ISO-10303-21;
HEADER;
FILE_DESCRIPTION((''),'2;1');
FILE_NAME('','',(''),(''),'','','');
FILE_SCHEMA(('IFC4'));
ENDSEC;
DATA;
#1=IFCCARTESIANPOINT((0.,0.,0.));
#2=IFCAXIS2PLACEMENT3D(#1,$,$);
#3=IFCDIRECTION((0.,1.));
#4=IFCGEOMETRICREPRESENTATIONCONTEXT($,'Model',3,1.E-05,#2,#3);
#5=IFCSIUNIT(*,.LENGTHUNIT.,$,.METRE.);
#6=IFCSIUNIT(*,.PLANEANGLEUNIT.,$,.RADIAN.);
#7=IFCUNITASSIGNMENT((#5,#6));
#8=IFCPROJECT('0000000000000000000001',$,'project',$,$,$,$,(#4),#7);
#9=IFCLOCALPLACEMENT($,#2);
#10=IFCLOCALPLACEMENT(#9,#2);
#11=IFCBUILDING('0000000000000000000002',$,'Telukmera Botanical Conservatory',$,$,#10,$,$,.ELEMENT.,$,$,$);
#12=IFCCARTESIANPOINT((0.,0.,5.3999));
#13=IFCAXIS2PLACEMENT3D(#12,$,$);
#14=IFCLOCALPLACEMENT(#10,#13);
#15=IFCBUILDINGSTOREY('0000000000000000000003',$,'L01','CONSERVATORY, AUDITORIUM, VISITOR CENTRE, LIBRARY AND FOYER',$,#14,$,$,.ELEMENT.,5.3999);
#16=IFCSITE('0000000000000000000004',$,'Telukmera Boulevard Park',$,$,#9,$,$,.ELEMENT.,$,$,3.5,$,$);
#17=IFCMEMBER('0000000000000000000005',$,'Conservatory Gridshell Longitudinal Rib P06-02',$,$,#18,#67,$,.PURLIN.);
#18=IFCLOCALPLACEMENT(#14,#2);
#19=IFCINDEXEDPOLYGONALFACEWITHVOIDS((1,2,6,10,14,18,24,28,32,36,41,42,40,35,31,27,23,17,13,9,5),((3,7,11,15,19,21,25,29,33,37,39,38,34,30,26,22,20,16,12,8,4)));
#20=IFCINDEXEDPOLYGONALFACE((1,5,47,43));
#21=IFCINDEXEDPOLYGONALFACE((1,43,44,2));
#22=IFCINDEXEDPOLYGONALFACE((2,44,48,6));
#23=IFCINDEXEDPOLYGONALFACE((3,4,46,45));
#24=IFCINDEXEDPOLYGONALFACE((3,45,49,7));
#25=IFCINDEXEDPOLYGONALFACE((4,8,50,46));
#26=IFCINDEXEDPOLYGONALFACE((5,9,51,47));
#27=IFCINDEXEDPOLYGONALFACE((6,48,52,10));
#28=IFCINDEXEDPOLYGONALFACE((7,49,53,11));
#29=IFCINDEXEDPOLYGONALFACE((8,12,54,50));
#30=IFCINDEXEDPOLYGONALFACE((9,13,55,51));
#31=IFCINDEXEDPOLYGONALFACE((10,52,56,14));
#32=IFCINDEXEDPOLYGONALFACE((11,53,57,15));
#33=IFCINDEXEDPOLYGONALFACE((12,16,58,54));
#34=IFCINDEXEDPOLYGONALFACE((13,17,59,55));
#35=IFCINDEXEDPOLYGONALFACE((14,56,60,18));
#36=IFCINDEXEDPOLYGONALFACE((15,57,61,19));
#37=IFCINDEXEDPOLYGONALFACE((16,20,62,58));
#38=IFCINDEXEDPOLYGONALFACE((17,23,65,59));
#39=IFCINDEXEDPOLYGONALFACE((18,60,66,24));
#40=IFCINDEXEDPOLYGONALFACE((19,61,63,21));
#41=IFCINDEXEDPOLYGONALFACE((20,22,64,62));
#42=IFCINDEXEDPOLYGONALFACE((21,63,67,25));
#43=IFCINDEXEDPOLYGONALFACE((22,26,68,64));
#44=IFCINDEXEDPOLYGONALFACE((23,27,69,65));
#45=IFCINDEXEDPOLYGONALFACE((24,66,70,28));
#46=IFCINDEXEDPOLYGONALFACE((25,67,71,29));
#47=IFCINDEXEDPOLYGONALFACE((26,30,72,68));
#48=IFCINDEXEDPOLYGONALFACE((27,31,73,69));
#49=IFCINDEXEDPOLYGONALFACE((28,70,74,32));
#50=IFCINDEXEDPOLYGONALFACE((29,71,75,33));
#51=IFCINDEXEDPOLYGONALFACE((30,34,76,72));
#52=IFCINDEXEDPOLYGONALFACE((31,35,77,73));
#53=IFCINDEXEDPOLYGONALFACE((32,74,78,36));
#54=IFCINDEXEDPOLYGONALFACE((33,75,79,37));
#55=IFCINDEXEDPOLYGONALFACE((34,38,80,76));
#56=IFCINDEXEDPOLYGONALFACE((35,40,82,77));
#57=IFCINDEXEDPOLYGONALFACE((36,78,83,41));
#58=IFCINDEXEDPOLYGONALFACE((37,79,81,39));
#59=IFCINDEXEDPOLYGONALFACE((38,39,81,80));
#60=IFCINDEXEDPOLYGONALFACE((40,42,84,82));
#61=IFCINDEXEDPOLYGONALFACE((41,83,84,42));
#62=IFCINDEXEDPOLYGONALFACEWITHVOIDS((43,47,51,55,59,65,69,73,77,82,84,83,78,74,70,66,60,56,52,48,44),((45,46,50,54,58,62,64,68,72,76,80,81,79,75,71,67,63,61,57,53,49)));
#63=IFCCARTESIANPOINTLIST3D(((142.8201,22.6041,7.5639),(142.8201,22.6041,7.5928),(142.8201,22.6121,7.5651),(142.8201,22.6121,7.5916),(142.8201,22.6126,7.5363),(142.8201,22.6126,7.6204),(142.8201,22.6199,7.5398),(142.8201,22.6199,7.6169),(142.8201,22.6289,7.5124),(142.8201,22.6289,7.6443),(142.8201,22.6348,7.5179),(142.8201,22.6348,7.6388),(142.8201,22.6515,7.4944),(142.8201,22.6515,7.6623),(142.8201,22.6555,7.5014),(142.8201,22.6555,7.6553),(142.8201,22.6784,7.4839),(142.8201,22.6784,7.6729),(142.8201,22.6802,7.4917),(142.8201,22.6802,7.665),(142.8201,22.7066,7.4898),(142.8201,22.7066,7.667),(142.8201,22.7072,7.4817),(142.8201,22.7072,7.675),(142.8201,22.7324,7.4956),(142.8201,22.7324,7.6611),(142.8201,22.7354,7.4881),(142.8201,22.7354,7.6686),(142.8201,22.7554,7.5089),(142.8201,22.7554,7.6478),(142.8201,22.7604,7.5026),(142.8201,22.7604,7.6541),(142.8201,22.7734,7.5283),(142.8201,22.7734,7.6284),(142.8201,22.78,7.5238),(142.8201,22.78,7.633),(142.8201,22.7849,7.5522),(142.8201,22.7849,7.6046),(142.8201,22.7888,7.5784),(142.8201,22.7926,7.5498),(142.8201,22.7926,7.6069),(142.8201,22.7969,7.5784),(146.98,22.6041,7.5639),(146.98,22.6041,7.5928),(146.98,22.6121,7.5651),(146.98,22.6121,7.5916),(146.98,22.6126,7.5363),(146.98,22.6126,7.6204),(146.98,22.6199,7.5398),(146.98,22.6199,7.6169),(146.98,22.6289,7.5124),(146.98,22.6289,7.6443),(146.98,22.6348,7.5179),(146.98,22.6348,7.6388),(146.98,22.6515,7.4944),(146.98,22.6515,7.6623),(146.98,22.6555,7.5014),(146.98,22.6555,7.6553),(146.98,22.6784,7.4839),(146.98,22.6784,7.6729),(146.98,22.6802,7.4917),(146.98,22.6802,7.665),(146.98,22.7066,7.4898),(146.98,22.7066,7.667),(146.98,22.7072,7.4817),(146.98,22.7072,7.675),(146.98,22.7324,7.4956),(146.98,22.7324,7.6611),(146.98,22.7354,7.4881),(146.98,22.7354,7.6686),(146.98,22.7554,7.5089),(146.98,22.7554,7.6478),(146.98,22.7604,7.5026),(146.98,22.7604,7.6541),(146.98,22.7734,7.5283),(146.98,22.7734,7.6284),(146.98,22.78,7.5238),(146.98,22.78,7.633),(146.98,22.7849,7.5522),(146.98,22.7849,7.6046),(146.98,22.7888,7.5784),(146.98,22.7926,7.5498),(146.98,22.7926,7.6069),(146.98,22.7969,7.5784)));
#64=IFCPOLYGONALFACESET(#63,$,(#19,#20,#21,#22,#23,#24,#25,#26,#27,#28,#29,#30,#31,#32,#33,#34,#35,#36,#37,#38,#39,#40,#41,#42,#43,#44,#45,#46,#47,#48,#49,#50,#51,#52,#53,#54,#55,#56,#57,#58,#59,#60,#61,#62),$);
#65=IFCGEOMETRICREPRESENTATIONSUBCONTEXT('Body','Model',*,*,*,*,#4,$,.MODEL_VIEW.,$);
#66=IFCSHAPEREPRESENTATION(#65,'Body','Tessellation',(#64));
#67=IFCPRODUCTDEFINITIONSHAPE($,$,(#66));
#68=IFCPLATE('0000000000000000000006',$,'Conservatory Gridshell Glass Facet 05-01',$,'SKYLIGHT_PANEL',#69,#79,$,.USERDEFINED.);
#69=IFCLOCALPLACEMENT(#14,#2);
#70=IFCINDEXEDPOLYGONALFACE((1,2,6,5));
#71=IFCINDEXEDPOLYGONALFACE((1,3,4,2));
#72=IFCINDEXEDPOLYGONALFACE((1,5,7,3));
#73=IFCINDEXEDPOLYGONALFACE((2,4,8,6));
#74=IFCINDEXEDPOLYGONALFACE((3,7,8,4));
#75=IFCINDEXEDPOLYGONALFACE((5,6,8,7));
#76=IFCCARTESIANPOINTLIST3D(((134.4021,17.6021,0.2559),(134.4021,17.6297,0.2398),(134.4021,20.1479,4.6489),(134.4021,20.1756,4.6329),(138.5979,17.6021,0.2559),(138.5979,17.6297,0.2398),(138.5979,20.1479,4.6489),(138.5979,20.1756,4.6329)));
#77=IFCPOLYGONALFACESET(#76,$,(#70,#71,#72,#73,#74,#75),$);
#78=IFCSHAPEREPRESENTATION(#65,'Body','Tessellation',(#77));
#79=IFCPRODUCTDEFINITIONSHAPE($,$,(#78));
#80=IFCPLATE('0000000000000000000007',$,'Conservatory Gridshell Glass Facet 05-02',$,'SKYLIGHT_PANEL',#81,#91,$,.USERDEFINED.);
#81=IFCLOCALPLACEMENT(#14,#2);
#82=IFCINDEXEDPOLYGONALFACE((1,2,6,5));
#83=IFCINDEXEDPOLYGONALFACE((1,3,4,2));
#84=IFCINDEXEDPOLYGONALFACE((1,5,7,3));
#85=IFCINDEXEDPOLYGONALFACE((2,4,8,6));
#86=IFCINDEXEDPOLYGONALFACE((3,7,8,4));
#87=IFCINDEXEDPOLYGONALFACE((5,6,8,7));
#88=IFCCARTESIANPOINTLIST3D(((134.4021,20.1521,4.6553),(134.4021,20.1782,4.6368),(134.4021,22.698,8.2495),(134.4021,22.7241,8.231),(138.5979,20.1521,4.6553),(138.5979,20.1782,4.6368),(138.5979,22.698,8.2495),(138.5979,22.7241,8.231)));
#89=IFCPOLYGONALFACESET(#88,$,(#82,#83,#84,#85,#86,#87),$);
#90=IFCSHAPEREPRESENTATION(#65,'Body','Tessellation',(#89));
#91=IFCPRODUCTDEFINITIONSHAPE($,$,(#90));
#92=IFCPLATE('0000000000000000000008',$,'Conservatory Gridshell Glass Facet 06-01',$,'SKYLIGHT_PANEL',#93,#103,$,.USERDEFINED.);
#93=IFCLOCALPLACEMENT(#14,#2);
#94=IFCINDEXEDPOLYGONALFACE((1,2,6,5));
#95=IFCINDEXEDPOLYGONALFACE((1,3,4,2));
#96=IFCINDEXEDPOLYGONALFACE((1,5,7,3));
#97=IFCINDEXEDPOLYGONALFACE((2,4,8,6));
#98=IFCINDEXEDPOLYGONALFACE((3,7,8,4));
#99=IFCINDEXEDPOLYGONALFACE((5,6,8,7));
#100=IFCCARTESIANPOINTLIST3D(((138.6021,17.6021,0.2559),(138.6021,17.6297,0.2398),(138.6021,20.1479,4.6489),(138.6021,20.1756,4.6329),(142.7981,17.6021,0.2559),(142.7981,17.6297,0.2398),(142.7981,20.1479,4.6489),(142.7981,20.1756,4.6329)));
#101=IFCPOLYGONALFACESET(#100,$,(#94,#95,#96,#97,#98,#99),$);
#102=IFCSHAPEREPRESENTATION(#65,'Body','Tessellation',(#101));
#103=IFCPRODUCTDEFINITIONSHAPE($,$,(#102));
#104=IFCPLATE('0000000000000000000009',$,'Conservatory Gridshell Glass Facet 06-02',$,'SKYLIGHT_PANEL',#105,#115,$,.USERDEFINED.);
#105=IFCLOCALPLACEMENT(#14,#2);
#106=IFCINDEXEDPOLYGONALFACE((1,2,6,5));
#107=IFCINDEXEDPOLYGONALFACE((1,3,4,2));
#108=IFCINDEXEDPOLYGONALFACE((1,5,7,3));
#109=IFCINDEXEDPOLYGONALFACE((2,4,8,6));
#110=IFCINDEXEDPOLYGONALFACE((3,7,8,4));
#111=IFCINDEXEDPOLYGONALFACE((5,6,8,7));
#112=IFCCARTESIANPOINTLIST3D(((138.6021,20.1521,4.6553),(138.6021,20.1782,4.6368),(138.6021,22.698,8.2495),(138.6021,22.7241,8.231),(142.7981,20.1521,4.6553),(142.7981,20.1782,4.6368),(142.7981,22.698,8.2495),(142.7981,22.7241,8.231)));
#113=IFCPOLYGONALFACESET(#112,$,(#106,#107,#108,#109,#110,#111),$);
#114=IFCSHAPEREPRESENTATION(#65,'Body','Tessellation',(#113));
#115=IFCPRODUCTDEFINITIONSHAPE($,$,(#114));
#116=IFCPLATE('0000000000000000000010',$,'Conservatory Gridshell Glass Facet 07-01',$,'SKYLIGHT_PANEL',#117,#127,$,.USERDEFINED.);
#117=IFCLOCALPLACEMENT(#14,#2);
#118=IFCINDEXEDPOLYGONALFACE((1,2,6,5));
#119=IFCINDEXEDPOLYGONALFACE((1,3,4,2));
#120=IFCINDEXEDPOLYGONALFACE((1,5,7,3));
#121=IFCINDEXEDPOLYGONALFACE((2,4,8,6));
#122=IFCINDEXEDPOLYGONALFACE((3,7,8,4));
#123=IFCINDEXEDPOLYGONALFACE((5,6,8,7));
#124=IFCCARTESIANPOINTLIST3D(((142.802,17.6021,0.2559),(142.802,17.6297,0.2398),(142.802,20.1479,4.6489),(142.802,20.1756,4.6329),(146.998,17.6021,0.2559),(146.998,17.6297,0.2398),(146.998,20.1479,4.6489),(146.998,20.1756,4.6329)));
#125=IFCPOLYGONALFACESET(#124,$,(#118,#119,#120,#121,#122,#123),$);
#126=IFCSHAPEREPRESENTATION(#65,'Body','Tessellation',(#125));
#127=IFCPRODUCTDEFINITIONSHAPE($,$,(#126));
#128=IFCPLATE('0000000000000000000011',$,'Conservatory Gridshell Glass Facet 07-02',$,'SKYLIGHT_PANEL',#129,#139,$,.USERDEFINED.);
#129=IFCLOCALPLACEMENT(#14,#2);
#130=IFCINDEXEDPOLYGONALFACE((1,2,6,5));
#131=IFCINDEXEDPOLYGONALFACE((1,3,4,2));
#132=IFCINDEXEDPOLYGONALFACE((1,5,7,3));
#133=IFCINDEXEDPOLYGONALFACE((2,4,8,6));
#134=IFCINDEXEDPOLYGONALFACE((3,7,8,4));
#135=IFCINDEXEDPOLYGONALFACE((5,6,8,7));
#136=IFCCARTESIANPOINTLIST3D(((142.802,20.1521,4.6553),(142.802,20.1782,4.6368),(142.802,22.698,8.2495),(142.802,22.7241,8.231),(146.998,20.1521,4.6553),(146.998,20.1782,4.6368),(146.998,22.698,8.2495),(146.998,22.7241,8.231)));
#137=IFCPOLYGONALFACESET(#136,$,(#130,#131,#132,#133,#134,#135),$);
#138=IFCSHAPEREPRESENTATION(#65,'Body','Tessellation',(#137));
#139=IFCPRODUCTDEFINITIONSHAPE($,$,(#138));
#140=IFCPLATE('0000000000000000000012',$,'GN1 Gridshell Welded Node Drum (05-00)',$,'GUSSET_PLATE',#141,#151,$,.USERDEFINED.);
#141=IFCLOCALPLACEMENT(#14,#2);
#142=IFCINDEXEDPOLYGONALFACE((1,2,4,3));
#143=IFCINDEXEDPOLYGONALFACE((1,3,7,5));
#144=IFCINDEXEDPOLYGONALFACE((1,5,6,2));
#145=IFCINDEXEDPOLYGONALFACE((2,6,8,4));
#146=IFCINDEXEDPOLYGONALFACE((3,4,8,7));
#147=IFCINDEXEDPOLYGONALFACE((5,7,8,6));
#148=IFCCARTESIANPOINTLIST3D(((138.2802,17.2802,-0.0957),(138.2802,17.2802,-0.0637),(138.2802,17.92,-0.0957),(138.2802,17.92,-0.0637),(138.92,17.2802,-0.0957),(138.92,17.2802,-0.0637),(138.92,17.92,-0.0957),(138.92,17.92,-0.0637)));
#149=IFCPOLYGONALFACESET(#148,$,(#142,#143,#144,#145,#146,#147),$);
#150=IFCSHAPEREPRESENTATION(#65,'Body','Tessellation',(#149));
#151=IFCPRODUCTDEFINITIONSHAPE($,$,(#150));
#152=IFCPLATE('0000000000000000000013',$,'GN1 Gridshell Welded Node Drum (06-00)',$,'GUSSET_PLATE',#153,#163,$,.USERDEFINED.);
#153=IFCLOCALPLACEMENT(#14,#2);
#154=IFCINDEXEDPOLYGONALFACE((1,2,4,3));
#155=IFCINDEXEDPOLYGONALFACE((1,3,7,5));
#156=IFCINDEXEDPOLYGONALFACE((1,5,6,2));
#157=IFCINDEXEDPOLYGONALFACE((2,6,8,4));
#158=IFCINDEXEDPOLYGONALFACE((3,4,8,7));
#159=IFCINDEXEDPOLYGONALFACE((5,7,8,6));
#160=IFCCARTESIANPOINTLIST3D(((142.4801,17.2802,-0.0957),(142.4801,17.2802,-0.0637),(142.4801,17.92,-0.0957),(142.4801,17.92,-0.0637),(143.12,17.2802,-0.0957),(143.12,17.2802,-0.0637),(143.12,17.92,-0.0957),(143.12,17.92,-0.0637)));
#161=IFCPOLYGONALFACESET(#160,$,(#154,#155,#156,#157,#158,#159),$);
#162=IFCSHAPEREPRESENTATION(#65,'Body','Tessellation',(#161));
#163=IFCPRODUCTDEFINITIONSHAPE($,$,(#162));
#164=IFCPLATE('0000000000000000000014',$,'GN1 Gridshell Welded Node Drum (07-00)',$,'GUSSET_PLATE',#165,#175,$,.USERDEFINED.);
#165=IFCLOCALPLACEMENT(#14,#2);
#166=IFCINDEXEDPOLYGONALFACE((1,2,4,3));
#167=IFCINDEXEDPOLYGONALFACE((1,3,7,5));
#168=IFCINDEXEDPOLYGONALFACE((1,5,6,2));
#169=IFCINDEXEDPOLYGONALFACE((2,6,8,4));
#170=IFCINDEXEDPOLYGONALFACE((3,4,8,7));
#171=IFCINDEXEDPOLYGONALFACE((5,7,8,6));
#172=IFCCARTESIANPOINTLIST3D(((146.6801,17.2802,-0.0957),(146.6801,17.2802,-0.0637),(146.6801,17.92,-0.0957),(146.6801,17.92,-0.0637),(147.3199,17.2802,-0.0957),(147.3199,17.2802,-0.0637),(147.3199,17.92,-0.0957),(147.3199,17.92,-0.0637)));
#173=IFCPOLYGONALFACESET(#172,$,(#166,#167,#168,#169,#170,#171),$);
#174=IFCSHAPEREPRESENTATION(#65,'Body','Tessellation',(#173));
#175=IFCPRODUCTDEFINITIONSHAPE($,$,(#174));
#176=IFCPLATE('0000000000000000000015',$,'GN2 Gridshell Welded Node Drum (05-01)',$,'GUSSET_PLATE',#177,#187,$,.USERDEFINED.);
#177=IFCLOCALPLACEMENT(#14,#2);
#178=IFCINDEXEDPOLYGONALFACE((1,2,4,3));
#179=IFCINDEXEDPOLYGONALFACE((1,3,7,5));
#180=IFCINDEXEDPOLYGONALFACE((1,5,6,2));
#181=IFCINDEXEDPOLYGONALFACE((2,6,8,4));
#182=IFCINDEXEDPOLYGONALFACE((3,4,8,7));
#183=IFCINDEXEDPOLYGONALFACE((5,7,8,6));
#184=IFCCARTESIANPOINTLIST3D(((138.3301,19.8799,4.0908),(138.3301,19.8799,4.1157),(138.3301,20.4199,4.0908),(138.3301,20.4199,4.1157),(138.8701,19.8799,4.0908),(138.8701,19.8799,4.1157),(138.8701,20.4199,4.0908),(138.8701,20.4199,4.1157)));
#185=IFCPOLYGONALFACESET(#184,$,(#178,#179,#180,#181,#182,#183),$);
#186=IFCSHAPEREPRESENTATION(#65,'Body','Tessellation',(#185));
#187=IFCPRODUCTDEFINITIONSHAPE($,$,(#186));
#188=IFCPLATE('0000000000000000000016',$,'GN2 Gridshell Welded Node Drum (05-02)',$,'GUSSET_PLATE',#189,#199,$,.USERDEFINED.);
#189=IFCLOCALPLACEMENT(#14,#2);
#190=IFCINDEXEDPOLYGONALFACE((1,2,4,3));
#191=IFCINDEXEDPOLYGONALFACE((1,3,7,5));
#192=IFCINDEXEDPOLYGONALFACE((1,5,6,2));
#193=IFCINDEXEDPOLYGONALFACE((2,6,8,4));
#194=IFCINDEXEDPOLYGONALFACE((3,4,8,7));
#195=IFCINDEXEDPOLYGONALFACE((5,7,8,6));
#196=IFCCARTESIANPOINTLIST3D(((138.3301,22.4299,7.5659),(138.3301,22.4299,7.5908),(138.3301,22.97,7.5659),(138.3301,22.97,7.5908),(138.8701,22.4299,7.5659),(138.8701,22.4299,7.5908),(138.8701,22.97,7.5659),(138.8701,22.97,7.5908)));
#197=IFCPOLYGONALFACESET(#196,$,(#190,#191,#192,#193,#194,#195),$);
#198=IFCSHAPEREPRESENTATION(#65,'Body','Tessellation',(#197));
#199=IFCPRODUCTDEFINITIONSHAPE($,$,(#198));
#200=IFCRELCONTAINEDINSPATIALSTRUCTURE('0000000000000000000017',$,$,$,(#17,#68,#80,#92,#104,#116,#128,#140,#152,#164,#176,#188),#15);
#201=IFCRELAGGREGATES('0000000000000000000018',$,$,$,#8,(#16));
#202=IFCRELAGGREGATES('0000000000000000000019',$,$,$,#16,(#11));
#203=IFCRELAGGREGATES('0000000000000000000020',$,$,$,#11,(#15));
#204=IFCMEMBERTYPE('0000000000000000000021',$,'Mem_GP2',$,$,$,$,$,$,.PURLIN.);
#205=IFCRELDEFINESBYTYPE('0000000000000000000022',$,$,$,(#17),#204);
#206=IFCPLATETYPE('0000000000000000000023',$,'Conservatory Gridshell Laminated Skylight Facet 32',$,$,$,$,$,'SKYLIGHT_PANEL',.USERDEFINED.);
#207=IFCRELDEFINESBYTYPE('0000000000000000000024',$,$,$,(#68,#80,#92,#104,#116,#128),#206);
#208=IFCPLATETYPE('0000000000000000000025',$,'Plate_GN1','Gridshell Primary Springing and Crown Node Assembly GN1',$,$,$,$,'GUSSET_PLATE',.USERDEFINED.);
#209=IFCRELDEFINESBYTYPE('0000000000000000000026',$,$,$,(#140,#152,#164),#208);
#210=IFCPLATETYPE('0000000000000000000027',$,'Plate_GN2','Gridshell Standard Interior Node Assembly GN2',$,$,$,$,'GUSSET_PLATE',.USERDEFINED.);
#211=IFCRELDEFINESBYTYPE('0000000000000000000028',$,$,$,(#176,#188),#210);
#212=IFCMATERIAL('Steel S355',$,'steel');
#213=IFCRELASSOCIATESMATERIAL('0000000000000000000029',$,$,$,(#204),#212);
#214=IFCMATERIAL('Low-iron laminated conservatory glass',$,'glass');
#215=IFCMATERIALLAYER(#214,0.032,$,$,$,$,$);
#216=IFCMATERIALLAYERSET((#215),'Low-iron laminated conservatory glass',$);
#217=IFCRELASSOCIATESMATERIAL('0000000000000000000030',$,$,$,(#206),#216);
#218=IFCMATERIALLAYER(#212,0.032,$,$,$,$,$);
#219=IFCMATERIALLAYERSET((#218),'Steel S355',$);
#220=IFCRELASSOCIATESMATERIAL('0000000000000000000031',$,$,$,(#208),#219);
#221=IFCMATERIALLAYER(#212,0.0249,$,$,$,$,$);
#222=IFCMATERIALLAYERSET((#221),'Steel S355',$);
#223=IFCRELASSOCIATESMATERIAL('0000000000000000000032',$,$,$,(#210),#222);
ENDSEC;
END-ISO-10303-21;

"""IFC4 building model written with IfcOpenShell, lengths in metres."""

from ifc_helpers import new_model, si_unit, direction, frame, origin, origin_2d, place, context, subcontext, project, spatial, polyline, rectangle, hollow_circle, outline, extrude, material, layer, layer_set, material_profile, profile_set, type_object, element, save


model = new_model("IFC4")

# Units and contexts
model_context = context("Model", 3, precision=1e-05, world=origin(), true_north=direction((0.0, 1.0)))
body_context = subcontext(model_context, "Body", "Model", "MODEL_VIEW")
ifc_project = project(units=[si_unit("LENGTHUNIT", "METRE"), si_unit("PLANEANGLEUNIT", "RADIAN")], contexts=[model_context])

# Site, building, storey
site_placement = place(None, origin())
site = spatial("IfcSite", under=ifc_project, at=site_placement, Name="Telukmera Boulevard Park", CompositionType="ELEMENT", RefElevation=3.5)
building_placement = place(site_placement, origin())
building = spatial("IfcBuilding", under=site, at=building_placement, Name="Telukmera Botanical Conservatory", CompositionType="ELEMENT")
storey_placement = place(building_placement, frame((0.0, 0.0, 5.3999)))
storey = spatial("IfcBuildingStorey", under=building, at=storey_placement, Name="L01", Description="CONSERVATORY, AUDITORIUM, VISITOR CENTRE, LIBRARY AND FOYER", CompositionType="ELEMENT", Elevation=5.3999)

# Shared definitions
ifc_material_1 = material(Name="Steel S355", Category="steel")

# Member
ifc_material_profile_1 = material_profile(ifc_material_1, hollow_circle(Radius=0.0969, WallThickness=0.0081, at=origin_2d()), Name="CHS 193.7x8.0")
ifc_profile_set_1 = profile_set([ifc_material_profile_1], Name="Steel S355")
member_type_1 = type_object("IfcMemberType", Name="Mem_GP2", PredefinedType="PURLIN", material=ifc_profile_set_1)
for number, where, z_axis, x_axis, name in (
    (1, (142.8201, 22.7, 7.5784), (1.0, 0.0, 0.0), (0.0, 1.0, 0.0), "Conservatory Gridshell Longitudinal Rib P06-02"),
):
    element("IfcMember", number, at=place(storey_placement, frame(where, z_axis=z_axis, x_axis=x_axis)), inside=storey, type_object=member_type_1, Name=name, PredefinedType="PURLIN", context=body_context, shape_type="SweptSolid", body=[
        extrude(hollow_circle(Radius=0.0969, WallThickness=0.0081, at=origin_2d()), origin(), (0.0, 0.0, 1.0), 4.1599),
    ])

# Plates
ifc_material_2 = material(Name="Low-iron laminated conservatory glass", Category="glass")
ifc_layer_1 = layer(ifc_material_2, 0.032)
ifc_layer_set_1 = layer_set([ifc_layer_1], Name="Low-iron laminated conservatory glass")
plate_type_1 = type_object("IfcPlateType", Name="Conservatory Gridshell Laminated Skylight Facet 32", ElementType="SKYLIGHT_PANEL", PredefinedType="USERDEFINED", material=ifc_layer_set_1)
plate_1_placement = place(storey_placement, frame((134.4021, 17.6021, 0.2559), z_axis=(0.0, -0.865209, 0.501412), x_axis=(1.0, 0.0, 0.0)))
element("IfcPlate", 2, at=plate_1_placement, inside=storey, type_object=plate_type_1, Name="Conservatory Gridshell Glass Facet 05-01", ObjectType="SKYLIGHT_PANEL", PredefinedType="USERDEFINED", context=body_context, shape_type="SweptSolid", body=[
    extrude(outline(polyline([(0.0, 0.0), (4.1958, 0.0), (4.1958, 5.0775), (0.0, 5.0775), (0.0, 0.0)])), origin(), (0.0, 0.0, -1.0), 0.032),
])
plate_2_placement = place(storey_placement, frame((134.4021, 20.1521, 4.6553), z_axis=(0.0, -0.816027, 0.578014), x_axis=(1.0, 0.0, 0.0)))
element("IfcPlate", 3, at=plate_2_placement, inside=storey, type_object=plate_type_1, Name="Conservatory Gridshell Glass Facet 05-02", ObjectType="SKYLIGHT_PANEL", PredefinedType="USERDEFINED", context=body_context, shape_type="SweptSolid", body=[
    extrude(outline(polyline([(0.0, 0.0), (4.1958, 0.0), (4.1958, 4.4046), (0.0, 4.4046), (0.0, 0.0)])), origin(), (0.0, 0.0, -1.0), 0.032),
])
plate_3_placement = place(storey_placement, frame((138.6021, 17.6021, 0.2559), z_axis=(0.0, -0.865209, 0.501412), x_axis=(1.0, 0.0, 0.0)))
element("IfcPlate", 4, at=plate_3_placement, inside=storey, type_object=plate_type_1, Name="Conservatory Gridshell Glass Facet 06-01", ObjectType="SKYLIGHT_PANEL", PredefinedType="USERDEFINED", context=body_context, shape_type="SweptSolid", body=[
    extrude(outline(polyline([(0.0, 0.0), (4.196, 0.0), (4.196, 5.0775), (0.0, 5.0775), (0.0, 0.0)])), origin(), (0.0, 0.0, -1.0), 0.032),
])
plate_4_placement = place(storey_placement, frame((138.6021, 20.1521, 4.6553), z_axis=(0.0, -0.816027, 0.578014), x_axis=(1.0, 0.0, 0.0)))
element("IfcPlate", 5, at=plate_4_placement, inside=storey, type_object=plate_type_1, Name="Conservatory Gridshell Glass Facet 06-02", ObjectType="SKYLIGHT_PANEL", PredefinedType="USERDEFINED", context=body_context, shape_type="SweptSolid", body=[
    extrude(outline(polyline([(0.0, 0.0), (4.196, 0.0), (4.196, 4.4046), (0.0, 4.4046), (0.0, 0.0)])), origin(), (0.0, 0.0, -1.0), 0.032),
])
plate_5_placement = place(storey_placement, frame((142.802, 17.6021, 0.2559), z_axis=(0.0, -0.865209, 0.501412), x_axis=(1.0, 0.0, 0.0)))
element("IfcPlate", 6, at=plate_5_placement, inside=storey, type_object=plate_type_1, Name="Conservatory Gridshell Glass Facet 07-01", ObjectType="SKYLIGHT_PANEL", PredefinedType="USERDEFINED", context=body_context, shape_type="SweptSolid", body=[
    extrude(outline(polyline([(0.0, 0.0), (4.196, 0.0), (4.196, 5.0775), (0.0, 5.0775), (0.0, 0.0)])), origin(), (0.0, 0.0, -1.0), 0.032),
])
plate_6_placement = place(storey_placement, frame((142.802, 20.1521, 4.6553), z_axis=(0.0, -0.816027, 0.578014), x_axis=(1.0, 0.0, 0.0)))
element("IfcPlate", 7, at=plate_6_placement, inside=storey, type_object=plate_type_1, Name="Conservatory Gridshell Glass Facet 07-02", ObjectType="SKYLIGHT_PANEL", PredefinedType="USERDEFINED", context=body_context, shape_type="SweptSolid", body=[
    extrude(outline(polyline([(0.0, 0.0), (4.196, 0.0), (4.196, 4.4046), (0.0, 4.4046), (0.0, 0.0)])), origin(), (0.0, 0.0, -1.0), 0.032),
])
ifc_layer_2 = layer(ifc_material_1, 0.032)
ifc_layer_set_2 = layer_set([ifc_layer_2], Name="Steel S355")
plate_type_2 = type_object("IfcPlateType", Name="Plate_GN1", Description="Gridshell Primary Springing and Crown Node Assembly GN1", ElementType="GUSSET_PLATE", PredefinedType="USERDEFINED", material=ifc_layer_set_2)
for number, where, z_axis, x_axis, name in (
    (8, (138.6001, 17.6001, -0.0957), (0.0, 0.0, 1.0), (1.0, 0.0, 0.0), "GN1 Gridshell Welded Node Drum (05-00)"),
    (9, (142.8, 17.6001, -0.0957), (0.0, 0.0, 1.0), (1.0, 0.0, 0.0), "GN1 Gridshell Welded Node Drum (06-00)"),
    (10, (147.0, 17.6001, -0.0957), (0.0, 0.0, 1.0), (1.0, 0.0, 0.0), "GN1 Gridshell Welded Node Drum (07-00)"),
):
    element("IfcPlate", number, at=place(storey_placement, frame(where, z_axis=z_axis, x_axis=x_axis)), inside=storey, type_object=plate_type_2, Name=name, ObjectType="GUSSET_PLATE", PredefinedType="USERDEFINED", context=body_context, shape_type="SweptSolid", body=[
        extrude(rectangle(XDim=0.6399, YDim=0.6399, at=origin_2d()), origin(), (0.0, 0.0, 1.0), 0.032),
    ])
ifc_layer_3 = layer(ifc_material_1, 0.0249)
ifc_layer_set_3 = layer_set([ifc_layer_3], Name="Steel S355")
plate_type_3 = type_object("IfcPlateType", Name="Plate_GN2", Description="Gridshell Standard Interior Node Assembly GN2", ElementType="GUSSET_PLATE", PredefinedType="USERDEFINED", material=ifc_layer_set_3)
for number, where, z_axis, x_axis, name in (
    (11, (138.6001, 20.1499, 4.0908), (0.0, 0.0, 1.0), (1.0, 0.0, 0.0), "GN2 Gridshell Welded Node Drum (05-01)"),
    (12, (138.6001, 22.7, 7.5659), (0.0, 0.0, 1.0), (1.0, 0.0, 0.0), "GN2 Gridshell Welded Node Drum (05-02)"),
):
    element("IfcPlate", number, at=place(storey_placement, frame(where, z_axis=z_axis, x_axis=x_axis)), inside=storey, type_object=plate_type_3, Name=name, ObjectType="GUSSET_PLATE", PredefinedType="USERDEFINED", context=body_context, shape_type="SweptSolid", body=[
        extrude(rectangle(XDim=0.54, YDim=0.54, at=origin_2d()), origin(), (0.0, 0.0, 1.0), 0.0249),
    ])

save(model, "model.ifc")
